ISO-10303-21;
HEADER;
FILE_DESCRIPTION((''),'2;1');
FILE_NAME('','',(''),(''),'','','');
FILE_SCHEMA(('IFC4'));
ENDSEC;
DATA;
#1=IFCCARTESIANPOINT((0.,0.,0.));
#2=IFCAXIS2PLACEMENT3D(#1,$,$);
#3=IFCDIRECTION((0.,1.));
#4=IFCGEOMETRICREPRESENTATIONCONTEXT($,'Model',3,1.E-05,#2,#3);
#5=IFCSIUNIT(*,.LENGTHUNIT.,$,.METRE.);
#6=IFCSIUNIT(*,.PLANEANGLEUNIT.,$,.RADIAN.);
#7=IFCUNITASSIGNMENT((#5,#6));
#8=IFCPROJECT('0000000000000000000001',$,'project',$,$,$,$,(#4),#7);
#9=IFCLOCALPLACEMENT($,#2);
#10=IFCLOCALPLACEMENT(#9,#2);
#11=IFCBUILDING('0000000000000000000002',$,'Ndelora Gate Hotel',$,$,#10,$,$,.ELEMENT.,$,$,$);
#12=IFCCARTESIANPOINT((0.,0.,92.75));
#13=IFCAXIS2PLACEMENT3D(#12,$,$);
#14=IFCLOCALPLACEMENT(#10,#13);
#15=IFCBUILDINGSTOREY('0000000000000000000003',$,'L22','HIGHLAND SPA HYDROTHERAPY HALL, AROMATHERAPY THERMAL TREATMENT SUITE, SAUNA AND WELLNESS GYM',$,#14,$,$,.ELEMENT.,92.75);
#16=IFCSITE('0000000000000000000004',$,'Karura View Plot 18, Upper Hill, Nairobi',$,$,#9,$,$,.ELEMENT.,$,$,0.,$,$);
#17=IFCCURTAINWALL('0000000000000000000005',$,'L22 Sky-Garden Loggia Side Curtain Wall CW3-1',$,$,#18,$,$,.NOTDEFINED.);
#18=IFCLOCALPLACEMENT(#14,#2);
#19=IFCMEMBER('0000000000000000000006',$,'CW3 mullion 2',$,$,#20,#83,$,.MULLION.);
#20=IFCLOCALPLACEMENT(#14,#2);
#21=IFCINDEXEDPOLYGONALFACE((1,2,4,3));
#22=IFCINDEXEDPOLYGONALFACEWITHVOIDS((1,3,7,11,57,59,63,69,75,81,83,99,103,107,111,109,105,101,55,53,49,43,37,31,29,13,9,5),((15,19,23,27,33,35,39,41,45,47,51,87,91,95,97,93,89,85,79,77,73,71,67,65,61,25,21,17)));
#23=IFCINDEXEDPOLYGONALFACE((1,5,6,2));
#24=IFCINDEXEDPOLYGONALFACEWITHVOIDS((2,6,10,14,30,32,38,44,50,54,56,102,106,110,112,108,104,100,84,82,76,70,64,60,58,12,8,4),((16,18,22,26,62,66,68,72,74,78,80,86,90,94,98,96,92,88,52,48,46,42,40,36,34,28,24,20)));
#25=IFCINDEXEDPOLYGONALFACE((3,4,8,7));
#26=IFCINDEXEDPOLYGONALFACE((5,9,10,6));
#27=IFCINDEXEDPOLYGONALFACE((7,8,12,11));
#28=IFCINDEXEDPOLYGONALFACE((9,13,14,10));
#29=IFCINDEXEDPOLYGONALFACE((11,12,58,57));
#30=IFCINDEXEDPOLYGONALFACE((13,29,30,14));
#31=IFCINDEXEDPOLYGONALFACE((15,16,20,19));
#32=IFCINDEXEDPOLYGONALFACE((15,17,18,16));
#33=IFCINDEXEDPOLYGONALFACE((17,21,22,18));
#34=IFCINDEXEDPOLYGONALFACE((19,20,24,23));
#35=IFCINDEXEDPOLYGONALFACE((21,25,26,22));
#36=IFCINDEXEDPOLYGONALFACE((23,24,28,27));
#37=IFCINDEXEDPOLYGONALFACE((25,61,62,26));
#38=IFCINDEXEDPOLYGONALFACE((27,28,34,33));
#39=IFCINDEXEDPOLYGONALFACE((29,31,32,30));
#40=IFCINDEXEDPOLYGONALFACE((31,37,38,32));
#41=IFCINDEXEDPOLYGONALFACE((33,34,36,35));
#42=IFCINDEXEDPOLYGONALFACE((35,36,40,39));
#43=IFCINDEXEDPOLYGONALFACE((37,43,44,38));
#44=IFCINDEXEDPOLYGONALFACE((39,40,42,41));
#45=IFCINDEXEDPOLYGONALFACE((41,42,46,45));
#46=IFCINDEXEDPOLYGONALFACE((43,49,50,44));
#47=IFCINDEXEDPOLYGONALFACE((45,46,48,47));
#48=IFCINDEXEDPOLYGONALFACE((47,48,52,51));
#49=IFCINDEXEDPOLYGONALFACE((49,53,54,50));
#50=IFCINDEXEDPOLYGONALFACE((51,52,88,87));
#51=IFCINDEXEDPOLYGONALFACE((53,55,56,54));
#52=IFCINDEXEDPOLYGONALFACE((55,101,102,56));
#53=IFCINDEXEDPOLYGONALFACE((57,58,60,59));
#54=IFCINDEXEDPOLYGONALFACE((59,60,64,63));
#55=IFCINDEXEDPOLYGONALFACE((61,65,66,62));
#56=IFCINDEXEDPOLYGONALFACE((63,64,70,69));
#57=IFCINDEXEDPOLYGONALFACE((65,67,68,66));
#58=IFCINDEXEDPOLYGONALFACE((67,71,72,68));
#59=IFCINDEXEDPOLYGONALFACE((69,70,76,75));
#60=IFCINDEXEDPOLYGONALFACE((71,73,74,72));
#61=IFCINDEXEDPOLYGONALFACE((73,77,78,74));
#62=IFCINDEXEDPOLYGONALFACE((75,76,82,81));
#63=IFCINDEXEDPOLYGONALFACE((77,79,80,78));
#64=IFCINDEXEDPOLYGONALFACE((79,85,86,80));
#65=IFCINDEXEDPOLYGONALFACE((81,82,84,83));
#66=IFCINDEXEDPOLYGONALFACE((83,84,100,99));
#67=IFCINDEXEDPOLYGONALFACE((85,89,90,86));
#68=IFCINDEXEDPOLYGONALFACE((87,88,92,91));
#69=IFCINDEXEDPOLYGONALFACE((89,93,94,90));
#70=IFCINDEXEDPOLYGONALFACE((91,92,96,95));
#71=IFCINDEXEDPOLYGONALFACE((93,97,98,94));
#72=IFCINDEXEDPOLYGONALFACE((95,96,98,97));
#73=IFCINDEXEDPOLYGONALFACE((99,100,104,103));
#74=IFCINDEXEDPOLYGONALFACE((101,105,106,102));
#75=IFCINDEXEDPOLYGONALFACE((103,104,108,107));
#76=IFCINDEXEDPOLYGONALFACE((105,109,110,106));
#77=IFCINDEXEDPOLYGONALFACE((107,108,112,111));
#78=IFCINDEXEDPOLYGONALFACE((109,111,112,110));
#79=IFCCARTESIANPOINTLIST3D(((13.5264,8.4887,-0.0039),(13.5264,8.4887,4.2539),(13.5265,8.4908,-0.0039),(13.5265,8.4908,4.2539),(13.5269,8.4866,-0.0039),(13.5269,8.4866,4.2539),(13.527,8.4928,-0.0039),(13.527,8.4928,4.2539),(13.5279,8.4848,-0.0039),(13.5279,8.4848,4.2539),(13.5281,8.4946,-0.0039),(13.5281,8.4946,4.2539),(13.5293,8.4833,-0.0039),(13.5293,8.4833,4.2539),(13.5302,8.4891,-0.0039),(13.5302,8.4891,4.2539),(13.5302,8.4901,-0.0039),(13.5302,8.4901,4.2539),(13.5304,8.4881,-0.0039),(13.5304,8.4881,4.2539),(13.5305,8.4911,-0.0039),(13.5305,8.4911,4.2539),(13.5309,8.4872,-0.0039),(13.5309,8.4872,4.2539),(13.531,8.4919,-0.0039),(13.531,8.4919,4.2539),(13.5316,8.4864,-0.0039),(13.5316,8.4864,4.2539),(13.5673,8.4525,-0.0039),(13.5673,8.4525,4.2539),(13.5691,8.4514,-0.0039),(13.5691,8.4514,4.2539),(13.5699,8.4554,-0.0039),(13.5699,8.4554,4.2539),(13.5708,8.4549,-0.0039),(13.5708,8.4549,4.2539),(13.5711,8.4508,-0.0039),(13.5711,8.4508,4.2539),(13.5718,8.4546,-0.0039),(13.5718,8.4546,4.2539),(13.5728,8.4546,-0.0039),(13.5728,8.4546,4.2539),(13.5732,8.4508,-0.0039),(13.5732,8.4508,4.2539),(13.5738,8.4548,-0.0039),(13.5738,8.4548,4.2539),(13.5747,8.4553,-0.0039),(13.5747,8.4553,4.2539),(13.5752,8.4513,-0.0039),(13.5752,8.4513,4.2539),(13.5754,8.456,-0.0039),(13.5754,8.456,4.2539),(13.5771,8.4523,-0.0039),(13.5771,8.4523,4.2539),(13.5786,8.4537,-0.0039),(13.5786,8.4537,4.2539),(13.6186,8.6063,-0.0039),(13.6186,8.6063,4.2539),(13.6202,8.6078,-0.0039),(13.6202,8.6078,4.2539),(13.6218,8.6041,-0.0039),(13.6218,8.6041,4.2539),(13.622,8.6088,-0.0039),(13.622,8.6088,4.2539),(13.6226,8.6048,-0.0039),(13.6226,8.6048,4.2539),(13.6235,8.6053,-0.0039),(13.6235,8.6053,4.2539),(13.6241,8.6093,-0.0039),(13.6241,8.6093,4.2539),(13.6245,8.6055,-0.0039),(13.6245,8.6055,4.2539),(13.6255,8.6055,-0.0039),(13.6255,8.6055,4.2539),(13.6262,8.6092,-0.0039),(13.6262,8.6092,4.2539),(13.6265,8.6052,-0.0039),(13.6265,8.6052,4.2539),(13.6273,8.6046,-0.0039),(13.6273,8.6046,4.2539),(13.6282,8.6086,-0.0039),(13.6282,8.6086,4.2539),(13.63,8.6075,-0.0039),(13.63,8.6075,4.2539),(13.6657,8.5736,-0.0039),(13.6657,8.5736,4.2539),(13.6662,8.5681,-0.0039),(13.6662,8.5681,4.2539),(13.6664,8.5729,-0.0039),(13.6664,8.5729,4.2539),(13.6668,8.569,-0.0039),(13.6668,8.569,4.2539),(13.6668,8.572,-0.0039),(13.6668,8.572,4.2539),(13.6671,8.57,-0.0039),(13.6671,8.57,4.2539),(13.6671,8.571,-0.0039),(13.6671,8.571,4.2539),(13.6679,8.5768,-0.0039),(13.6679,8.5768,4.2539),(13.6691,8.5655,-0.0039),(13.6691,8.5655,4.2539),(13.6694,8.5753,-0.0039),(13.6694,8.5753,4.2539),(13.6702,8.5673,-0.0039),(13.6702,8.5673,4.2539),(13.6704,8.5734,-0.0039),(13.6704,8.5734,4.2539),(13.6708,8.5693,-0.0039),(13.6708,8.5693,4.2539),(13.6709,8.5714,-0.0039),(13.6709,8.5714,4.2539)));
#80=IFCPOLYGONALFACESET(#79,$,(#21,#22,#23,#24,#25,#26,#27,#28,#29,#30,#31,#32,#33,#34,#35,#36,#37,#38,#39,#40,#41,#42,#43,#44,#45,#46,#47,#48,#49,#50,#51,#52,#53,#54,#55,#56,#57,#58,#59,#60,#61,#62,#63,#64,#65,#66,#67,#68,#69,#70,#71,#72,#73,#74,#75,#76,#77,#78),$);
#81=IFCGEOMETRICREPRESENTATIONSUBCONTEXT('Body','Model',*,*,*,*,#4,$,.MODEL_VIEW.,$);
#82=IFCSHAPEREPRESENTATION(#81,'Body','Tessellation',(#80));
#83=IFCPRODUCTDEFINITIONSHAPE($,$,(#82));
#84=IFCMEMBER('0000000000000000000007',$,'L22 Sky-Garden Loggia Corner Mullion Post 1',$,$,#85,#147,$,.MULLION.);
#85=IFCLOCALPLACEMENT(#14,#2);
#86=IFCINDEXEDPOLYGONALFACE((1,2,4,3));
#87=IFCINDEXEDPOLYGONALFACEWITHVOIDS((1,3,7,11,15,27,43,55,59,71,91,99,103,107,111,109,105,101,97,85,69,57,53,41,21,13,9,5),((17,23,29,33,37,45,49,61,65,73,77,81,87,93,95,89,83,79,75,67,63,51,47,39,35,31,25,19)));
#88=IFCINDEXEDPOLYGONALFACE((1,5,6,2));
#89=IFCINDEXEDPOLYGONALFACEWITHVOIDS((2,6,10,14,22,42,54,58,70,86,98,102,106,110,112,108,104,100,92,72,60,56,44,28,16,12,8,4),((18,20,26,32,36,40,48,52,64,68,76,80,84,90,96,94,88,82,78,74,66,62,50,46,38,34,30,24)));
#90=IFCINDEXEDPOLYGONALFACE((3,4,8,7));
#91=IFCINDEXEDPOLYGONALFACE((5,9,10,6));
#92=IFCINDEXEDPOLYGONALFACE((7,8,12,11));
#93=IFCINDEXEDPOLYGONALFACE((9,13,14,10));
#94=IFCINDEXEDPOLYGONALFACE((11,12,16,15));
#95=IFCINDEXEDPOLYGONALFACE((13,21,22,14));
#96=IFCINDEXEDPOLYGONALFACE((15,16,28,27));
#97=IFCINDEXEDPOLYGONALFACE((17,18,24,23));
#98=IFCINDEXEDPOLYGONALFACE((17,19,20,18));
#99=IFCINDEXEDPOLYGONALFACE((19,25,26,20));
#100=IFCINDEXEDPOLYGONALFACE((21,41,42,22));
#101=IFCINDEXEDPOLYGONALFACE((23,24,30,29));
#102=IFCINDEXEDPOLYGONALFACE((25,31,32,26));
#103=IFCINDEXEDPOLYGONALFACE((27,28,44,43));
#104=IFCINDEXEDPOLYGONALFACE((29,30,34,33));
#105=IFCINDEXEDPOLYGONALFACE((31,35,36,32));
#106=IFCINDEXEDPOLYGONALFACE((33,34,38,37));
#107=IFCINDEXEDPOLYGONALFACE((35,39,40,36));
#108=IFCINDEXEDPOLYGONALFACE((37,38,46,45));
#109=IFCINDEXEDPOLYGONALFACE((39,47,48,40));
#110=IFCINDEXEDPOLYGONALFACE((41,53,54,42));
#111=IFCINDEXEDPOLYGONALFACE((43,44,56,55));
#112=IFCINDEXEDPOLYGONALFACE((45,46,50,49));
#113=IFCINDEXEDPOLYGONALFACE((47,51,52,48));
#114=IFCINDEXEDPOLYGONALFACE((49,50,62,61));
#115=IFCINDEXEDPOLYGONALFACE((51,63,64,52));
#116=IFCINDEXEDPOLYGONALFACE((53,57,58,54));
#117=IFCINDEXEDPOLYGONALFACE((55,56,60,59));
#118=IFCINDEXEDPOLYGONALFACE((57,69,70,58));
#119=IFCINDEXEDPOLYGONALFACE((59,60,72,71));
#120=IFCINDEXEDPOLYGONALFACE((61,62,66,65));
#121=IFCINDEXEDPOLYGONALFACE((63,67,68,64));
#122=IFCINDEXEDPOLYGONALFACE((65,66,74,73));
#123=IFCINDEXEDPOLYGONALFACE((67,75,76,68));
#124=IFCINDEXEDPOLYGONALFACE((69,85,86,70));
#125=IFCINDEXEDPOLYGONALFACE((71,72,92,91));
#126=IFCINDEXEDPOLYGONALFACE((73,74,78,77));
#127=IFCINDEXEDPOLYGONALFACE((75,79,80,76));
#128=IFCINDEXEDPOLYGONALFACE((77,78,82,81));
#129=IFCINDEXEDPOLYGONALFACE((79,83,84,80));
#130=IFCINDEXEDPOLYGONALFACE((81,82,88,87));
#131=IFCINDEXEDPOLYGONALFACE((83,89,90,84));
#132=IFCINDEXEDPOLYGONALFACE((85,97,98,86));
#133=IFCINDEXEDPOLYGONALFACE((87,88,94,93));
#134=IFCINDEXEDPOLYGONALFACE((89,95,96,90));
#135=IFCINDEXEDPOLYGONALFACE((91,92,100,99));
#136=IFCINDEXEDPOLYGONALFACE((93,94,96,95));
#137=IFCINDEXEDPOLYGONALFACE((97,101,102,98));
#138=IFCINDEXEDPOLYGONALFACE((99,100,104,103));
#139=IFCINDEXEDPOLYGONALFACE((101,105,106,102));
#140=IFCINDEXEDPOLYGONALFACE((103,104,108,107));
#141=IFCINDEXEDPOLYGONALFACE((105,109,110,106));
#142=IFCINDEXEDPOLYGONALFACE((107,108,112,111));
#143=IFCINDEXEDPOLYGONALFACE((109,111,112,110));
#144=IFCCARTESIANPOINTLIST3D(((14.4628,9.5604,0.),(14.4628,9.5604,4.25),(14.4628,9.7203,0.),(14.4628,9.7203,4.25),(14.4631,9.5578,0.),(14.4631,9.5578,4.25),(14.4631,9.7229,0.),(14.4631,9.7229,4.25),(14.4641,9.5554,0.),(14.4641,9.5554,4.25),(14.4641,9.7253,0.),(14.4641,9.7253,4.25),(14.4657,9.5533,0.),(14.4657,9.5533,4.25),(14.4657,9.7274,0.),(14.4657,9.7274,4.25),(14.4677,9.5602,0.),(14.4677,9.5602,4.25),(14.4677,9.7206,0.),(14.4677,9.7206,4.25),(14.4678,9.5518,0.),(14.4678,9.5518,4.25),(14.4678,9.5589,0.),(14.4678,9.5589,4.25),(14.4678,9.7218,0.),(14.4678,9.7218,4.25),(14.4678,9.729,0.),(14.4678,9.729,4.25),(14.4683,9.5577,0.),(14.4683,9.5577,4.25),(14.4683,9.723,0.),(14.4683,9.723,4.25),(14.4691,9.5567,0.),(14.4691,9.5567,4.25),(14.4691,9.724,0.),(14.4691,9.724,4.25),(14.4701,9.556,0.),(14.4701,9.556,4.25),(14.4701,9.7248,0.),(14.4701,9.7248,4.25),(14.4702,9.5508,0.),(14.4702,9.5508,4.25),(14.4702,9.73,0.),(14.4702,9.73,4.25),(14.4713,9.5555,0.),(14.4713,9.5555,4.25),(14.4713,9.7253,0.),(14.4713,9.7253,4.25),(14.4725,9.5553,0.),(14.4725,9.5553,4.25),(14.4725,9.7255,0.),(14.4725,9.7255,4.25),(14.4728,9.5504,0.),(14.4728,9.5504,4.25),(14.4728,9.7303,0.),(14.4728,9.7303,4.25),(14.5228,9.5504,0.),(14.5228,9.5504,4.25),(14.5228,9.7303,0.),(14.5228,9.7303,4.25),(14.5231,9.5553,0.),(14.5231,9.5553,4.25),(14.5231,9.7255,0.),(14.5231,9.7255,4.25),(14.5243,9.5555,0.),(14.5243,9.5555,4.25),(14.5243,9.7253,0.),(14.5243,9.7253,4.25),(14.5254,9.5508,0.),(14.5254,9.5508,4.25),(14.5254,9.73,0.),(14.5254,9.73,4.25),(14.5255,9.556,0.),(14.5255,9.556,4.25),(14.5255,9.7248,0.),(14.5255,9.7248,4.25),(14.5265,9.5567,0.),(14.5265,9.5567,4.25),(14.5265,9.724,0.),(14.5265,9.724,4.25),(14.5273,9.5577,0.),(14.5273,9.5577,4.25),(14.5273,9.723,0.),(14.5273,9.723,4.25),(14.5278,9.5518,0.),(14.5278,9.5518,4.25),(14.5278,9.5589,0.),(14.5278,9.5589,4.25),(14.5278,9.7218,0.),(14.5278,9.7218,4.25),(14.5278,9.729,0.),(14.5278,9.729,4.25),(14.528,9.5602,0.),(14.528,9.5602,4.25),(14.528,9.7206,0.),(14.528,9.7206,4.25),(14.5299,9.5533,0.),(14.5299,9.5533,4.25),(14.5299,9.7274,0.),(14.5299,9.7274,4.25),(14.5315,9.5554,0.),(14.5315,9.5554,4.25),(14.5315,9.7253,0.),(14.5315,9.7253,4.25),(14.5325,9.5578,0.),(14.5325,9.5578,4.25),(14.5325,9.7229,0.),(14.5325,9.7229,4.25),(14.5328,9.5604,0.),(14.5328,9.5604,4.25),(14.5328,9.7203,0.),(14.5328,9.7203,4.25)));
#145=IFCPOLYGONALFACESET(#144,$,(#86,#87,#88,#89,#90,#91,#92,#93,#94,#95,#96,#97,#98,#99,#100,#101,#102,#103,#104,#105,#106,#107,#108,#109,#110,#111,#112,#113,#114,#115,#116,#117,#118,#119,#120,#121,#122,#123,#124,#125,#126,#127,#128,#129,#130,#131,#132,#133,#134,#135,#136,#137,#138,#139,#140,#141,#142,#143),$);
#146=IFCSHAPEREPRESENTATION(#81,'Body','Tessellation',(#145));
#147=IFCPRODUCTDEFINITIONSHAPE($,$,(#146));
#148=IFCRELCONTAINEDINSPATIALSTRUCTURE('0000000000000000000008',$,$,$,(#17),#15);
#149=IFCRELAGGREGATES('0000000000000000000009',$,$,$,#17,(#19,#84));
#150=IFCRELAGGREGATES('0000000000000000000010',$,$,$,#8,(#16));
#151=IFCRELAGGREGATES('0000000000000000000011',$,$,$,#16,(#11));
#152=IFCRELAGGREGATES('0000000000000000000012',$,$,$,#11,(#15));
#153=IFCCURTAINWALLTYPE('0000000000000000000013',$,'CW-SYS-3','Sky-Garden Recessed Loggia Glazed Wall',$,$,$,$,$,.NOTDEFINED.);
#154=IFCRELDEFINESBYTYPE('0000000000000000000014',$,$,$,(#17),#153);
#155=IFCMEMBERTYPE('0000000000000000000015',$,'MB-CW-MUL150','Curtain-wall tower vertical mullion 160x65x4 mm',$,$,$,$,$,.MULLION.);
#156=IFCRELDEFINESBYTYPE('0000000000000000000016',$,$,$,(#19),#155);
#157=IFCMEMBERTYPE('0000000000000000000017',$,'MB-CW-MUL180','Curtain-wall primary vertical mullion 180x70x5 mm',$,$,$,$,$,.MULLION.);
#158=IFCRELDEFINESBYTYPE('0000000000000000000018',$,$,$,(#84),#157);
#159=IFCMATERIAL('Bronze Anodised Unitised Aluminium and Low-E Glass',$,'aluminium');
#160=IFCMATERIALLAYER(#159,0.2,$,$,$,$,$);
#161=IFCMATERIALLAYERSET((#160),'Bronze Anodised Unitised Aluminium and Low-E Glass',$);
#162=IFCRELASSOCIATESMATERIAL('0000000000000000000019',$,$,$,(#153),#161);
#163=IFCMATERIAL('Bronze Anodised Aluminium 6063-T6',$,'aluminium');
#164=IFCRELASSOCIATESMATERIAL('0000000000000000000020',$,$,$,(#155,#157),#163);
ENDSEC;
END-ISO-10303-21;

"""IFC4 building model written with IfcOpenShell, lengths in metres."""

from ifc_helpers import new_model, si_unit, direction, frame, origin, origin_2d, place, context, subcontext, project, spatial, hollow_rectangle, extrude, material, layer, layer_set, material_profile, profile_set, type_object, element, aggregate, save


model = new_model("IFC4")

# Units and contexts
model_context = context("Model", 3, precision=1e-05, world=origin(), true_north=direction((0.0, 1.0)))
body_context = subcontext(model_context, "Body", "Model", "MODEL_VIEW")
ifc_project = project(units=[si_unit("LENGTHUNIT", "METRE"), si_unit("PLANEANGLEUNIT", "RADIAN")], contexts=[model_context])

# Site, building, storey
site_placement = place(None, origin())
site = spatial("IfcSite", under=ifc_project, at=site_placement, Name="Karura View Plot 18, Upper Hill, Nairobi", CompositionType="ELEMENT", RefElevation=0.0)
building_placement = place(site_placement, origin())
building = spatial("IfcBuilding", under=site, at=building_placement, Name="Ndelora Gate Hotel", CompositionType="ELEMENT")
storey_placement = place(building_placement, frame((0.0, 0.0, 92.75)))
storey = spatial("IfcBuildingStorey", under=building, at=storey_placement, Name="L22", Description="HIGHLAND SPA HYDROTHERAPY HALL, AROMATHERAPY THERMAL TREATMENT SUITE, SAUNA AND WELLNESS GYM", CompositionType="ELEMENT", Elevation=92.75)

# Curtain wall, members
ifc_material_1 = material(Name="Bronze Anodised Unitised Aluminium and Low-E Glass", Category="aluminium")
ifc_layer_1 = layer(ifc_material_1, 0.2)
ifc_layer_set_1 = layer_set([ifc_layer_1], Name="Bronze Anodised Unitised Aluminium and Low-E Glass")
curtain_wall_type = type_object("IfcCurtainWallType", Name="CW-SYS-3", Description="Sky-Garden Recessed Loggia Glazed Wall", PredefinedType="NOTDEFINED", material=ifc_layer_set_1)
curtain_wall_placement = place(storey_placement, origin())
curtain_wall = element("IfcCurtainWall", 1, at=curtain_wall_placement, inside=storey, type_object=curtain_wall_type, Name="L22 Sky-Garden Loggia Side Curtain Wall CW3-1", PredefinedType="NOTDEFINED")
ifc_material_2 = material(Name="Bronze Anodised Aluminium 6063-T6", Category="aluminium")
ifc_material_profile_1 = material_profile(ifc_material_2, hollow_rectangle(XDim=0.0649, YDim=0.1599, WallThickness=0.0039, InnerFilletRadius=0.0039, OuterFilletRadius=0.0081, at=origin_2d()), Name="ALU 160x65x4")
ifc_profile_set_1 = profile_set([ifc_material_profile_1], Name="Bronze Anodised Aluminium 6063-T6")
member_type_1 = type_object("IfcMemberType", Name="MB-CW-MUL150", Description="Curtain-wall tower vertical mullion 160x65x4 mm", PredefinedType="MULLION", material=ifc_profile_set_1)
member_1_placement = place(storey_placement, frame((13.5986, 8.53, -0.0039), z_axis=(0.0, 0.0, 1.0), x_axis=(-0.777117, 0.629356, 0.0)))
member_1 = element("IfcMember", 2, at=member_1_placement, type_object=member_type_1, Name="CW3 mullion 2", PredefinedType="MULLION", context=body_context, shape_type="SweptSolid", body=[
    extrude(hollow_rectangle(XDim=0.0649, YDim=0.1599, WallThickness=0.0039, InnerFilletRadius=0.0039, OuterFilletRadius=0.0081, at=origin_2d()), origin(), (0.0, 0.0, 1.0), 4.2578),
])
ifc_material_profile_2 = material_profile(ifc_material_2, hollow_rectangle(XDim=0.0701, YDim=0.1799, WallThickness=0.0049, InnerFilletRadius=0.0049, OuterFilletRadius=0.01, at=origin_2d()), Name="ALU 180x70x5")
ifc_profile_set_2 = profile_set([ifc_material_profile_2], Name="Bronze Anodised Aluminium 6063-T6")
member_type_2 = type_object("IfcMemberType", Name="MB-CW-MUL180", Description="Curtain-wall primary vertical mullion 180x70x5 mm", PredefinedType="MULLION", material=ifc_profile_set_2)
member_2_placement = place(storey_placement, frame((14.4978, 9.6404, 0.0), z_axis=(0.0, 0.0, 1.0), x_axis=(1.0, 0.0, 0.0)))
member_2 = element("IfcMember", 3, at=member_2_placement, type_object=member_type_2, Name="L22 Sky-Garden Loggia Corner Mullion Post 1", PredefinedType="MULLION", context=body_context, shape_type="SweptSolid", body=[
    extrude(hollow_rectangle(XDim=0.0701, YDim=0.1799, WallThickness=0.0049, InnerFilletRadius=0.0049, OuterFilletRadius=0.01, at=origin_2d()), origin(), (0.0, 0.0, 1.0), 4.25),
])
aggregate(curtain_wall, [member_1, member_2])

save(model, "model.ifc")
